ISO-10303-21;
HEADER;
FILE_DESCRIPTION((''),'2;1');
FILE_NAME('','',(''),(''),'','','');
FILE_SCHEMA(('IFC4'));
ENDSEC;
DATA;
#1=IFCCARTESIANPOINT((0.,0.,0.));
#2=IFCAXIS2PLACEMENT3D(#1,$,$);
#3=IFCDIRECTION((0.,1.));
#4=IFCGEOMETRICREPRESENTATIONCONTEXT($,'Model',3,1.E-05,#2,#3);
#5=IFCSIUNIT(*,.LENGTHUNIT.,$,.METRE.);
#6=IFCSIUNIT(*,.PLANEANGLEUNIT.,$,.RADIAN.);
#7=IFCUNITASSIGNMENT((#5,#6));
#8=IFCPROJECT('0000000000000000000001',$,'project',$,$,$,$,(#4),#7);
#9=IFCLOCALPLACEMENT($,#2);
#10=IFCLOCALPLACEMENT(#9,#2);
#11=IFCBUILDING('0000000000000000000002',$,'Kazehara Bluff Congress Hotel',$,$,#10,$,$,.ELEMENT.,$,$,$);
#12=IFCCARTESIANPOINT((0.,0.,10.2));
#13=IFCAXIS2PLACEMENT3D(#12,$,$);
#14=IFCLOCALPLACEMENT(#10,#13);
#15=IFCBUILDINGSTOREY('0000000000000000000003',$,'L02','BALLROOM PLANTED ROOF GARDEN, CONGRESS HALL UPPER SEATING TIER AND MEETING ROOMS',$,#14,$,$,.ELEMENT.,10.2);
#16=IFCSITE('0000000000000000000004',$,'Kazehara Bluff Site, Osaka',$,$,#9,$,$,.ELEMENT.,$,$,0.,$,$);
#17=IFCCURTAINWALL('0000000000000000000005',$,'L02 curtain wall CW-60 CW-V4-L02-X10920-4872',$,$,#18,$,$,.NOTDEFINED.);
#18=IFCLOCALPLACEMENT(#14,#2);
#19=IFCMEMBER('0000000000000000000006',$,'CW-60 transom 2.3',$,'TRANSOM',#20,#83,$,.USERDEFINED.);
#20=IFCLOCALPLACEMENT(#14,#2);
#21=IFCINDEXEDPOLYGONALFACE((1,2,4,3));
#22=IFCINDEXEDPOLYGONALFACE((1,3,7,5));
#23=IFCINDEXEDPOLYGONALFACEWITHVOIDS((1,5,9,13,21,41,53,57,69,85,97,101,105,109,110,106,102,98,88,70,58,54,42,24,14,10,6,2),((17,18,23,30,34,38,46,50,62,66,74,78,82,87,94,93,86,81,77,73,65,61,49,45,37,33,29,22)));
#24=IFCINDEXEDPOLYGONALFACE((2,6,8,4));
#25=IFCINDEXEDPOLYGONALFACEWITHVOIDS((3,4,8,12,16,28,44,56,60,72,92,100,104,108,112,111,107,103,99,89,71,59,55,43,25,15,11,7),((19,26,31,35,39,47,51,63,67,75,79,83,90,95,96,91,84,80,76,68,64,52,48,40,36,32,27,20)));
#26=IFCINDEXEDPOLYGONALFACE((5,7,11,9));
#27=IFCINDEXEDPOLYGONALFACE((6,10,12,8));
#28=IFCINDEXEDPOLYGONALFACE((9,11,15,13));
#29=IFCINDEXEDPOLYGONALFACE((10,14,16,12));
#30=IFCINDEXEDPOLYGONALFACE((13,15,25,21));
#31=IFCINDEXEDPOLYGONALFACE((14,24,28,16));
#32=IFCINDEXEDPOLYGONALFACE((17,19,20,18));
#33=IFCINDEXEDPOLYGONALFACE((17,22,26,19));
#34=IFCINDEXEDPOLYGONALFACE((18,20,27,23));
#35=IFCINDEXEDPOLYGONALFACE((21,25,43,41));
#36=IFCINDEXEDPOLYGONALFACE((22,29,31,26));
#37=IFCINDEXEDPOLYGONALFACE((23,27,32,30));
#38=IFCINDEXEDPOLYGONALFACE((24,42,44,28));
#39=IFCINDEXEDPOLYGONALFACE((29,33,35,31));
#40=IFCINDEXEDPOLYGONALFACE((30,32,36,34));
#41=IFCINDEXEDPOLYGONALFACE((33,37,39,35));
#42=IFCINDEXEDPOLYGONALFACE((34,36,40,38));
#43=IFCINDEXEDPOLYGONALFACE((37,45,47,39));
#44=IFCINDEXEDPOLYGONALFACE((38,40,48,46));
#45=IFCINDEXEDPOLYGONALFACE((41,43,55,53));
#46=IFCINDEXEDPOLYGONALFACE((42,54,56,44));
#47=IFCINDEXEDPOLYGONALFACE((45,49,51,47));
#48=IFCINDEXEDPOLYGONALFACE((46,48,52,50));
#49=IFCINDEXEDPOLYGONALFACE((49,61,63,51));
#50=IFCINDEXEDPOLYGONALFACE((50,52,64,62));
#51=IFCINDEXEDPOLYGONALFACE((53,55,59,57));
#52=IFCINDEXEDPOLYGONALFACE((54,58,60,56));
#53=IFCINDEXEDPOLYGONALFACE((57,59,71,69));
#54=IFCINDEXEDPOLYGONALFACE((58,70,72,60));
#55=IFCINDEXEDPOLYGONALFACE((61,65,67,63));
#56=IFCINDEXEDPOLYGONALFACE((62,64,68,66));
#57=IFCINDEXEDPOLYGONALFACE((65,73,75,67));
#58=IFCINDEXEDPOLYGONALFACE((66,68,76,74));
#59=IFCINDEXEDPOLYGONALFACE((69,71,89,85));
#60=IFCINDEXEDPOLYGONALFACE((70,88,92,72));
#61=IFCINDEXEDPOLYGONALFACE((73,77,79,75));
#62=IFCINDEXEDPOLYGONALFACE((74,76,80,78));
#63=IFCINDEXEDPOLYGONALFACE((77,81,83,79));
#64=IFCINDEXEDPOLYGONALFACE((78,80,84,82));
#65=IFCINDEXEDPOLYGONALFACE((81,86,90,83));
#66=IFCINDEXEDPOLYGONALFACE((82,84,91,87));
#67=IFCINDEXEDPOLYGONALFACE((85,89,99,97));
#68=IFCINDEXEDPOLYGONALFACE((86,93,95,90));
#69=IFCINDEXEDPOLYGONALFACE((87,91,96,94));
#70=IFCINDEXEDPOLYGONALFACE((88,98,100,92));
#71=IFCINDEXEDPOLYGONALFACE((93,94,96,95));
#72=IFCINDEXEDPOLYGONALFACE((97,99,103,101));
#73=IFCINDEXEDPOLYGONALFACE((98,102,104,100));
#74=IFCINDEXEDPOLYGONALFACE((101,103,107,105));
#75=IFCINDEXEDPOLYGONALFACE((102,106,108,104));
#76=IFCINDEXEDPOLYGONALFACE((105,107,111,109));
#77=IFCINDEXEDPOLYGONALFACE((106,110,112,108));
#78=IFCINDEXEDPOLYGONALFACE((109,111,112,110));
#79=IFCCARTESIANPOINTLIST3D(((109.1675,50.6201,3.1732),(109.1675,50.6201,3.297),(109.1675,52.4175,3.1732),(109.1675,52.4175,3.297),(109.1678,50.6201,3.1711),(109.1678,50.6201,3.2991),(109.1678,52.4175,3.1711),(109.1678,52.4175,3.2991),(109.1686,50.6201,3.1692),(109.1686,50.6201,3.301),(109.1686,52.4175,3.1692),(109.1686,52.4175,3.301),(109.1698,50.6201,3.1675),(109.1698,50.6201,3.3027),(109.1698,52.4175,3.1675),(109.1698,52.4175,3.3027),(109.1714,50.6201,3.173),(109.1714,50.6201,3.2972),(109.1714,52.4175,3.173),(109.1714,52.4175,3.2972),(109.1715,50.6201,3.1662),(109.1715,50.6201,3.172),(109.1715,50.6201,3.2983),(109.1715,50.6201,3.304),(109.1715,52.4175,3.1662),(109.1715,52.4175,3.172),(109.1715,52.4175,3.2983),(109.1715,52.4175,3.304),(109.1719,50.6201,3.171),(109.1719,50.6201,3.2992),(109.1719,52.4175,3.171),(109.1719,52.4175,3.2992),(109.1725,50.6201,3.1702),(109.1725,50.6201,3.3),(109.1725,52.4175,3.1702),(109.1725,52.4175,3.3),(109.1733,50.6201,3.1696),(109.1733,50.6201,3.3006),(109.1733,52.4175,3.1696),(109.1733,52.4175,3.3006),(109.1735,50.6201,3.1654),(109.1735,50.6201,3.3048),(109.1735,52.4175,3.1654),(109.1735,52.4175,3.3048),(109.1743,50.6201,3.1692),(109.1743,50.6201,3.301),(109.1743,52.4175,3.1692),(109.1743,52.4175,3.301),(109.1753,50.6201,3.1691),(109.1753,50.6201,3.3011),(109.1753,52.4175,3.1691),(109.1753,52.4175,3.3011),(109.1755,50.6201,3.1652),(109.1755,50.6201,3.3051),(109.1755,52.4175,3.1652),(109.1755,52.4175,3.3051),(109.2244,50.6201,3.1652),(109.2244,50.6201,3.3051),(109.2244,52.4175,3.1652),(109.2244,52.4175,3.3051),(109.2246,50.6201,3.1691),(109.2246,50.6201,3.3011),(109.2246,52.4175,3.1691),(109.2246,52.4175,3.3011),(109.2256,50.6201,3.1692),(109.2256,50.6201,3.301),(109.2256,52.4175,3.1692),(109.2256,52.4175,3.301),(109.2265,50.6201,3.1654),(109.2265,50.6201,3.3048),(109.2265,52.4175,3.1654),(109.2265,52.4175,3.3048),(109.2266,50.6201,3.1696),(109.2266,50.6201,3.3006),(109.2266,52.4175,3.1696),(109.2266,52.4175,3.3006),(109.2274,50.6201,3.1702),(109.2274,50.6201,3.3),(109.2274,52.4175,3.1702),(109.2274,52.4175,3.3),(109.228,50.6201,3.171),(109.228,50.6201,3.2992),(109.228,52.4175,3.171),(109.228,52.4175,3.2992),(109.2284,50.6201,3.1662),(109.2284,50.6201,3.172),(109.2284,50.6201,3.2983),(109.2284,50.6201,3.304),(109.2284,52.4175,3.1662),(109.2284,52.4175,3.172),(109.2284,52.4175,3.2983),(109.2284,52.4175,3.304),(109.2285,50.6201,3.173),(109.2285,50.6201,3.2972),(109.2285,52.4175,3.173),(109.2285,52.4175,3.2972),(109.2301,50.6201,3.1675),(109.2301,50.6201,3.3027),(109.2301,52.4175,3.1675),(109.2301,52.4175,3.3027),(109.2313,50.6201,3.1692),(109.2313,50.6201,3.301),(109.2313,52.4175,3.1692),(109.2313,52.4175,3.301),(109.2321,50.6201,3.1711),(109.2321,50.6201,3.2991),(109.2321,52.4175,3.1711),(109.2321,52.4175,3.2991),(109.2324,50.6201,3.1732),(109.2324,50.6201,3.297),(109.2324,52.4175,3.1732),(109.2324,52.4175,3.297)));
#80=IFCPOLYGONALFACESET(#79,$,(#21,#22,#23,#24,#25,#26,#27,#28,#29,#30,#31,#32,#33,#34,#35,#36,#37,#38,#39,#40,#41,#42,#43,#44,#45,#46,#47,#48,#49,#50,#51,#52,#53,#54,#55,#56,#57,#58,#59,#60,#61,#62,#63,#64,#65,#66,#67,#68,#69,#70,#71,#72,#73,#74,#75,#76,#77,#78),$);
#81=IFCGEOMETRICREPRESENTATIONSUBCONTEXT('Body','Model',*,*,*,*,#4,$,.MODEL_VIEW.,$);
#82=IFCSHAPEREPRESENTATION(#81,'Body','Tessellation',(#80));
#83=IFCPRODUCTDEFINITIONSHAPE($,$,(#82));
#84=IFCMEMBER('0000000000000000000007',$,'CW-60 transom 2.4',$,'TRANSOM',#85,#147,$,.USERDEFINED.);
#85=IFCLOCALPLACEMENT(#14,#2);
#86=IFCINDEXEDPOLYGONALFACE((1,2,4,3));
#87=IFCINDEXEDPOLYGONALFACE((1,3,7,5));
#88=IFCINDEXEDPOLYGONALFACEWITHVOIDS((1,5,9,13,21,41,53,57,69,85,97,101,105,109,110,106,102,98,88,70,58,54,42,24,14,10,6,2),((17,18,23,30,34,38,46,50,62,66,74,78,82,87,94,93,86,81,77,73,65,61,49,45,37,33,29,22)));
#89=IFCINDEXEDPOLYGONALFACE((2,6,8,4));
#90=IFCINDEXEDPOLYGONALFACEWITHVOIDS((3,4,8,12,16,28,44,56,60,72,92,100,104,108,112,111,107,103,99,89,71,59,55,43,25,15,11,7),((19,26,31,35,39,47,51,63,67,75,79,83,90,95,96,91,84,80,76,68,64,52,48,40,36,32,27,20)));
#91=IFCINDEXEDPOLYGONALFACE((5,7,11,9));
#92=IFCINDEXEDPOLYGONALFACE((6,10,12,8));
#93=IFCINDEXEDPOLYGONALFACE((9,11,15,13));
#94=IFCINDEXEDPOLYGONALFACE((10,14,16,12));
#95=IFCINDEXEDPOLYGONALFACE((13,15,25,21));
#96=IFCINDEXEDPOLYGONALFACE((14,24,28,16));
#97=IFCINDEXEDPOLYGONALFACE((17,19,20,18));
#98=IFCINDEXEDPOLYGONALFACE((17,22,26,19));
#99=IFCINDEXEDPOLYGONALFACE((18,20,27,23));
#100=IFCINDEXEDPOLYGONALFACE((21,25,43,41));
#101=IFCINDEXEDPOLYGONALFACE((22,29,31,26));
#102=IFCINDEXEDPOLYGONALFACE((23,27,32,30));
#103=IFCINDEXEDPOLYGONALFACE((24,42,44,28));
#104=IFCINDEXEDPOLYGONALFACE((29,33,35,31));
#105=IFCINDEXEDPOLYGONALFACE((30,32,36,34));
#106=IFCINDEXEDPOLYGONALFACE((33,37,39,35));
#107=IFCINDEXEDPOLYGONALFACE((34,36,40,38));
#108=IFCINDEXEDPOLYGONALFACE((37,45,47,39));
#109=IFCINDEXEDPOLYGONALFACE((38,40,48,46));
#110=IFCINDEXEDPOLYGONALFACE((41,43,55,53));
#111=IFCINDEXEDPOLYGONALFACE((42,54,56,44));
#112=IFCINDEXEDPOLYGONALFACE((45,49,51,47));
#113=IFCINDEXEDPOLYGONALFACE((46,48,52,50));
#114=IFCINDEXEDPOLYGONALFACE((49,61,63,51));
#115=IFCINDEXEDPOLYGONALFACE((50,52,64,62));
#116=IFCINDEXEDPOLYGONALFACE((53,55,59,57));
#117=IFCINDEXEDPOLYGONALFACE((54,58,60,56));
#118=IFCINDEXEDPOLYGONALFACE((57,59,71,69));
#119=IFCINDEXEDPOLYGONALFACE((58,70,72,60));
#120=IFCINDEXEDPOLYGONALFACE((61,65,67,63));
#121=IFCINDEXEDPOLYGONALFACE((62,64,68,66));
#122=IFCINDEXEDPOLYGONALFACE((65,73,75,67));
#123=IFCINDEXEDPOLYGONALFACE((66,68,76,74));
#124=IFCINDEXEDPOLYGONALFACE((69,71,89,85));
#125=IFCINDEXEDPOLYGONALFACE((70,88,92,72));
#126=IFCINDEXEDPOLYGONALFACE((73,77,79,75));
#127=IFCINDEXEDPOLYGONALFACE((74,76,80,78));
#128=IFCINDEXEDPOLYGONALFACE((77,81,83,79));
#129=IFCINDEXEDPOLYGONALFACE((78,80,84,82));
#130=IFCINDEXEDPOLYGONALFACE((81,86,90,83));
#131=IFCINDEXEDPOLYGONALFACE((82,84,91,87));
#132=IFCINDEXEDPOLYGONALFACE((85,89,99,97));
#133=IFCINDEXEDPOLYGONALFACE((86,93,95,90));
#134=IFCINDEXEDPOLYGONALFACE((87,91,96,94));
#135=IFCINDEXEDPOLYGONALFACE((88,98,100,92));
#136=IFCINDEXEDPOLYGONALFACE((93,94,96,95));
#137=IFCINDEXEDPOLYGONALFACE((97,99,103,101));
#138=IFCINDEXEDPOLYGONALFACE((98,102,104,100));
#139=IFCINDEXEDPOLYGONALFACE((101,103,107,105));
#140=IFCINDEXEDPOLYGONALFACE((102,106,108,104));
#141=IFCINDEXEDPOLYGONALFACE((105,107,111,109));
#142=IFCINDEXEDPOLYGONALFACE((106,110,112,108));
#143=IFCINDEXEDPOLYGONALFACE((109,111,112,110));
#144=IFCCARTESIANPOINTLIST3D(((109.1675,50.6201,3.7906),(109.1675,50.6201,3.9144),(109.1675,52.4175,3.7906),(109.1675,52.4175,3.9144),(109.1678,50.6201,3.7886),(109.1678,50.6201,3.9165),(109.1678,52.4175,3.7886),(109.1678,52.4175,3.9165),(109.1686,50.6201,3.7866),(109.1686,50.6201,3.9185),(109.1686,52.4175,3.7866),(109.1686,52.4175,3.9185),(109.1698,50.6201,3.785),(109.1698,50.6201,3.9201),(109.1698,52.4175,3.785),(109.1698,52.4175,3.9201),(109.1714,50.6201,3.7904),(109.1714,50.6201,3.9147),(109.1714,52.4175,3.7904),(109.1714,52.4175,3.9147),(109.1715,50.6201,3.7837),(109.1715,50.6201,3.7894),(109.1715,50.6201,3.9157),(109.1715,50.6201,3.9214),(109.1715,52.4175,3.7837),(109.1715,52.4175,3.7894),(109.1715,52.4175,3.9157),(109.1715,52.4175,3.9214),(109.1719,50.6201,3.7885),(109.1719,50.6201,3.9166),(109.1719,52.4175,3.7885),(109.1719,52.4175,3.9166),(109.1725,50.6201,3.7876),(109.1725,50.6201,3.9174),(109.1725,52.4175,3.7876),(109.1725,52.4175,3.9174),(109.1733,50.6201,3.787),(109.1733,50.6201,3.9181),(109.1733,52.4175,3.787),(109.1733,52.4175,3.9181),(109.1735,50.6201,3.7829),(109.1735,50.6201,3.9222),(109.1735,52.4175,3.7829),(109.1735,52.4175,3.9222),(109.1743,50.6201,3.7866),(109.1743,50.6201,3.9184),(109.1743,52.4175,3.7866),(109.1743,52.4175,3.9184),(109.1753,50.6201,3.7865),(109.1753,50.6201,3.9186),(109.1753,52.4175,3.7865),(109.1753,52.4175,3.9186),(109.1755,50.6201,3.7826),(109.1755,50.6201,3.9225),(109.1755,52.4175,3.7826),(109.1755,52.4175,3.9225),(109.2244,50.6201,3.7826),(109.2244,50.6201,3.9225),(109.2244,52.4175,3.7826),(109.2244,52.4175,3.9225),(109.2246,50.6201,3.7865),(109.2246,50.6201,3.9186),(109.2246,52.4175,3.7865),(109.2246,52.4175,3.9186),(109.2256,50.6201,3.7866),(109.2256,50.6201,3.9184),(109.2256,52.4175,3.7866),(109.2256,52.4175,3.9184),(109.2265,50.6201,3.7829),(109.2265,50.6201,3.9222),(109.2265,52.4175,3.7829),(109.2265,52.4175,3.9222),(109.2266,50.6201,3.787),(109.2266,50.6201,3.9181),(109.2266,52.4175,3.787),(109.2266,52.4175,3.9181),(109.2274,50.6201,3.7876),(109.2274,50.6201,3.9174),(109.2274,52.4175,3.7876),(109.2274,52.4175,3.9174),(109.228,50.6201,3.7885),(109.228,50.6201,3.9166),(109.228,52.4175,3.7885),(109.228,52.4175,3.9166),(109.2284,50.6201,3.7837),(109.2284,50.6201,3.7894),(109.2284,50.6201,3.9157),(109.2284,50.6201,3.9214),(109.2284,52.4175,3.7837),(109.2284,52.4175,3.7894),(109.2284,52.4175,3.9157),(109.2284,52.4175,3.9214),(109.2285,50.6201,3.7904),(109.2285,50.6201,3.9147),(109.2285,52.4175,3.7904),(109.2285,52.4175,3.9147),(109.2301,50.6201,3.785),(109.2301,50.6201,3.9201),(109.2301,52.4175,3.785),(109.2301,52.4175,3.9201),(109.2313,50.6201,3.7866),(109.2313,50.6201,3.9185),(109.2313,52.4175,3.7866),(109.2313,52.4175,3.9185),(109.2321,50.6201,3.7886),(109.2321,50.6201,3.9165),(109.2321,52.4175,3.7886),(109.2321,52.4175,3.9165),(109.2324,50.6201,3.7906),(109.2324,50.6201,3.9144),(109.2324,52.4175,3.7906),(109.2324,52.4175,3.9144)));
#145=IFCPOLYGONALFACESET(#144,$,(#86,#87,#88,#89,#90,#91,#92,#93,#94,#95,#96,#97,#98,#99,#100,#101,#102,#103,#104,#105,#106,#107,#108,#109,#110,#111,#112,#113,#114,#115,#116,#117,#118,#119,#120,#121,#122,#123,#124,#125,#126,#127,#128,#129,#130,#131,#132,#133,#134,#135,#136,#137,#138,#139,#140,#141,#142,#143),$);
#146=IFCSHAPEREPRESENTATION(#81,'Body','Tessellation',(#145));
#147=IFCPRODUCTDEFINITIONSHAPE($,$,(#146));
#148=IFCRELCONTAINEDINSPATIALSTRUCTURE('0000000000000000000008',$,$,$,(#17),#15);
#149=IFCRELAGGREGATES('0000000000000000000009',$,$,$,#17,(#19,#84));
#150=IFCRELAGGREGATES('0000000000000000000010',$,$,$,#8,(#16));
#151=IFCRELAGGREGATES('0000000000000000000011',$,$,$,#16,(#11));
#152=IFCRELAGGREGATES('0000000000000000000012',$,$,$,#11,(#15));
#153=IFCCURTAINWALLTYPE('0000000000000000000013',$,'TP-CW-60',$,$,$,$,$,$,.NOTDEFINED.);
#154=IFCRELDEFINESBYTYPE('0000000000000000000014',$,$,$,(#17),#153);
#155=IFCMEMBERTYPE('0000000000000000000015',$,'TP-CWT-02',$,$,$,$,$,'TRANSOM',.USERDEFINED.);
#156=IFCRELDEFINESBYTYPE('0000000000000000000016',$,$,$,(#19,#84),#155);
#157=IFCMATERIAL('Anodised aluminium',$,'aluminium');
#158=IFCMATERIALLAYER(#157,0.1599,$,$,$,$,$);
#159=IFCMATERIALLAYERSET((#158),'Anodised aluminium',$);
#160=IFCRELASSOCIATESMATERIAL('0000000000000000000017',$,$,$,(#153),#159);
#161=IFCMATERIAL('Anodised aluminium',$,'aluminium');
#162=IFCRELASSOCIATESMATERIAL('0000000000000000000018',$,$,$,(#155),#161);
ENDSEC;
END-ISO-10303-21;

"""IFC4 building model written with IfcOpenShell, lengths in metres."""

from ifc_helpers import new_model, si_unit, direction, frame, origin, origin_2d, place, context, subcontext, project, spatial, hollow_rectangle, extrude, material, layer, layer_set, material_profile, profile_set, type_object, element, aggregate, save


model = new_model("IFC4")

# Units and contexts
model_context = context("Model", 3, precision=1e-05, world=origin(), true_north=direction((0.0, 1.0)))
body_context = subcontext(model_context, "Body", "Model", "MODEL_VIEW")
ifc_project = project(units=[si_unit("LENGTHUNIT", "METRE"), si_unit("PLANEANGLEUNIT", "RADIAN")], contexts=[model_context])

# Site, building, storey
site_placement = place(None, origin())
site = spatial("IfcSite", under=ifc_project, at=site_placement, Name="Kazehara Bluff Site, Osaka", CompositionType="ELEMENT", RefElevation=0.0)
building_placement = place(site_placement, origin())
building = spatial("IfcBuilding", under=site, at=building_placement, Name="Kazehara Bluff Congress Hotel", CompositionType="ELEMENT")
storey_placement = place(building_placement, frame((0.0, 0.0, 10.2)))
storey = spatial("IfcBuildingStorey", under=building, at=storey_placement, Name="L02", Description="BALLROOM PLANTED ROOF GARDEN, CONGRESS HALL UPPER SEATING TIER AND MEETING ROOMS", CompositionType="ELEMENT", Elevation=10.2)

# Curtain wall
ifc_material_1 = material(Name="Anodised aluminium", Category="aluminium")
ifc_layer_1 = layer(ifc_material_1, 0.1599)
ifc_layer_set_1 = layer_set([ifc_layer_1], Name="Anodised aluminium")
curtain_wall_type_1 = type_object("IfcCurtainWallType", Name="TP-CW-60", PredefinedType="NOTDEFINED", material=ifc_layer_set_1)
curtain_wall_1_placement = place(storey_placement, origin())
curtain_wall_1 = element("IfcCurtainWall", 1, at=curtain_wall_1_placement, inside=storey, type_object=curtain_wall_type_1, Name="L02 curtain wall CW-60 CW-V4-L02-X10920-4872", PredefinedType="NOTDEFINED")

# Members
ifc_material_2 = material(Name="Anodised aluminium", Category="aluminium")
ifc_material_profile_1 = material_profile(ifc_material_2, hollow_rectangle(XDim=0.0649, YDim=0.1399, WallThickness=0.0039, InnerFilletRadius=0.0039, OuterFilletRadius=0.0081, at=origin_2d()))
ifc_profile_set_1 = profile_set([ifc_material_profile_1], Name="Anodised aluminium")
member_type_1 = type_object("IfcMemberType", Name="TP-CWT-02", ElementType="TRANSOM", PredefinedType="USERDEFINED", material=ifc_profile_set_1)
member_1_placement = place(storey_placement, frame((109.2, 50.6201, 3.2351), z_axis=(0.0, 1.0, 0.0), x_axis=(-1.0, 0.0, 0.0)))
member_1 = element("IfcMember", 2, at=member_1_placement, type_object=member_type_1, Name="CW-60 transom 2.3", ObjectType="TRANSOM", PredefinedType="USERDEFINED", context=body_context, shape_type="SweptSolid", body=[
    extrude(hollow_rectangle(XDim=0.0649, YDim=0.1399, WallThickness=0.0039, InnerFilletRadius=0.0039, OuterFilletRadius=0.0081, at=origin_2d()), origin(), (0.0, 0.0, 1.0), 1.7974),
])
member_2_placement = place(storey_placement, frame((109.2, 50.6201, 3.8525), z_axis=(0.0, 1.0, 0.0), x_axis=(-1.0, 0.0, 0.0)))
member_2 = element("IfcMember", 3, at=member_2_placement, type_object=member_type_1, Name="CW-60 transom 2.4", ObjectType="TRANSOM", PredefinedType="USERDEFINED", context=body_context, shape_type="SweptSolid", body=[
    extrude(hollow_rectangle(XDim=0.0649, YDim=0.1399, WallThickness=0.0039, InnerFilletRadius=0.0039, OuterFilletRadius=0.0081, at=origin_2d()), origin(), (0.0, 0.0, 1.0), 1.7974),
])

aggregate(curtain_wall_1, [member_1, member_2])

save(model, "model.ifc")
